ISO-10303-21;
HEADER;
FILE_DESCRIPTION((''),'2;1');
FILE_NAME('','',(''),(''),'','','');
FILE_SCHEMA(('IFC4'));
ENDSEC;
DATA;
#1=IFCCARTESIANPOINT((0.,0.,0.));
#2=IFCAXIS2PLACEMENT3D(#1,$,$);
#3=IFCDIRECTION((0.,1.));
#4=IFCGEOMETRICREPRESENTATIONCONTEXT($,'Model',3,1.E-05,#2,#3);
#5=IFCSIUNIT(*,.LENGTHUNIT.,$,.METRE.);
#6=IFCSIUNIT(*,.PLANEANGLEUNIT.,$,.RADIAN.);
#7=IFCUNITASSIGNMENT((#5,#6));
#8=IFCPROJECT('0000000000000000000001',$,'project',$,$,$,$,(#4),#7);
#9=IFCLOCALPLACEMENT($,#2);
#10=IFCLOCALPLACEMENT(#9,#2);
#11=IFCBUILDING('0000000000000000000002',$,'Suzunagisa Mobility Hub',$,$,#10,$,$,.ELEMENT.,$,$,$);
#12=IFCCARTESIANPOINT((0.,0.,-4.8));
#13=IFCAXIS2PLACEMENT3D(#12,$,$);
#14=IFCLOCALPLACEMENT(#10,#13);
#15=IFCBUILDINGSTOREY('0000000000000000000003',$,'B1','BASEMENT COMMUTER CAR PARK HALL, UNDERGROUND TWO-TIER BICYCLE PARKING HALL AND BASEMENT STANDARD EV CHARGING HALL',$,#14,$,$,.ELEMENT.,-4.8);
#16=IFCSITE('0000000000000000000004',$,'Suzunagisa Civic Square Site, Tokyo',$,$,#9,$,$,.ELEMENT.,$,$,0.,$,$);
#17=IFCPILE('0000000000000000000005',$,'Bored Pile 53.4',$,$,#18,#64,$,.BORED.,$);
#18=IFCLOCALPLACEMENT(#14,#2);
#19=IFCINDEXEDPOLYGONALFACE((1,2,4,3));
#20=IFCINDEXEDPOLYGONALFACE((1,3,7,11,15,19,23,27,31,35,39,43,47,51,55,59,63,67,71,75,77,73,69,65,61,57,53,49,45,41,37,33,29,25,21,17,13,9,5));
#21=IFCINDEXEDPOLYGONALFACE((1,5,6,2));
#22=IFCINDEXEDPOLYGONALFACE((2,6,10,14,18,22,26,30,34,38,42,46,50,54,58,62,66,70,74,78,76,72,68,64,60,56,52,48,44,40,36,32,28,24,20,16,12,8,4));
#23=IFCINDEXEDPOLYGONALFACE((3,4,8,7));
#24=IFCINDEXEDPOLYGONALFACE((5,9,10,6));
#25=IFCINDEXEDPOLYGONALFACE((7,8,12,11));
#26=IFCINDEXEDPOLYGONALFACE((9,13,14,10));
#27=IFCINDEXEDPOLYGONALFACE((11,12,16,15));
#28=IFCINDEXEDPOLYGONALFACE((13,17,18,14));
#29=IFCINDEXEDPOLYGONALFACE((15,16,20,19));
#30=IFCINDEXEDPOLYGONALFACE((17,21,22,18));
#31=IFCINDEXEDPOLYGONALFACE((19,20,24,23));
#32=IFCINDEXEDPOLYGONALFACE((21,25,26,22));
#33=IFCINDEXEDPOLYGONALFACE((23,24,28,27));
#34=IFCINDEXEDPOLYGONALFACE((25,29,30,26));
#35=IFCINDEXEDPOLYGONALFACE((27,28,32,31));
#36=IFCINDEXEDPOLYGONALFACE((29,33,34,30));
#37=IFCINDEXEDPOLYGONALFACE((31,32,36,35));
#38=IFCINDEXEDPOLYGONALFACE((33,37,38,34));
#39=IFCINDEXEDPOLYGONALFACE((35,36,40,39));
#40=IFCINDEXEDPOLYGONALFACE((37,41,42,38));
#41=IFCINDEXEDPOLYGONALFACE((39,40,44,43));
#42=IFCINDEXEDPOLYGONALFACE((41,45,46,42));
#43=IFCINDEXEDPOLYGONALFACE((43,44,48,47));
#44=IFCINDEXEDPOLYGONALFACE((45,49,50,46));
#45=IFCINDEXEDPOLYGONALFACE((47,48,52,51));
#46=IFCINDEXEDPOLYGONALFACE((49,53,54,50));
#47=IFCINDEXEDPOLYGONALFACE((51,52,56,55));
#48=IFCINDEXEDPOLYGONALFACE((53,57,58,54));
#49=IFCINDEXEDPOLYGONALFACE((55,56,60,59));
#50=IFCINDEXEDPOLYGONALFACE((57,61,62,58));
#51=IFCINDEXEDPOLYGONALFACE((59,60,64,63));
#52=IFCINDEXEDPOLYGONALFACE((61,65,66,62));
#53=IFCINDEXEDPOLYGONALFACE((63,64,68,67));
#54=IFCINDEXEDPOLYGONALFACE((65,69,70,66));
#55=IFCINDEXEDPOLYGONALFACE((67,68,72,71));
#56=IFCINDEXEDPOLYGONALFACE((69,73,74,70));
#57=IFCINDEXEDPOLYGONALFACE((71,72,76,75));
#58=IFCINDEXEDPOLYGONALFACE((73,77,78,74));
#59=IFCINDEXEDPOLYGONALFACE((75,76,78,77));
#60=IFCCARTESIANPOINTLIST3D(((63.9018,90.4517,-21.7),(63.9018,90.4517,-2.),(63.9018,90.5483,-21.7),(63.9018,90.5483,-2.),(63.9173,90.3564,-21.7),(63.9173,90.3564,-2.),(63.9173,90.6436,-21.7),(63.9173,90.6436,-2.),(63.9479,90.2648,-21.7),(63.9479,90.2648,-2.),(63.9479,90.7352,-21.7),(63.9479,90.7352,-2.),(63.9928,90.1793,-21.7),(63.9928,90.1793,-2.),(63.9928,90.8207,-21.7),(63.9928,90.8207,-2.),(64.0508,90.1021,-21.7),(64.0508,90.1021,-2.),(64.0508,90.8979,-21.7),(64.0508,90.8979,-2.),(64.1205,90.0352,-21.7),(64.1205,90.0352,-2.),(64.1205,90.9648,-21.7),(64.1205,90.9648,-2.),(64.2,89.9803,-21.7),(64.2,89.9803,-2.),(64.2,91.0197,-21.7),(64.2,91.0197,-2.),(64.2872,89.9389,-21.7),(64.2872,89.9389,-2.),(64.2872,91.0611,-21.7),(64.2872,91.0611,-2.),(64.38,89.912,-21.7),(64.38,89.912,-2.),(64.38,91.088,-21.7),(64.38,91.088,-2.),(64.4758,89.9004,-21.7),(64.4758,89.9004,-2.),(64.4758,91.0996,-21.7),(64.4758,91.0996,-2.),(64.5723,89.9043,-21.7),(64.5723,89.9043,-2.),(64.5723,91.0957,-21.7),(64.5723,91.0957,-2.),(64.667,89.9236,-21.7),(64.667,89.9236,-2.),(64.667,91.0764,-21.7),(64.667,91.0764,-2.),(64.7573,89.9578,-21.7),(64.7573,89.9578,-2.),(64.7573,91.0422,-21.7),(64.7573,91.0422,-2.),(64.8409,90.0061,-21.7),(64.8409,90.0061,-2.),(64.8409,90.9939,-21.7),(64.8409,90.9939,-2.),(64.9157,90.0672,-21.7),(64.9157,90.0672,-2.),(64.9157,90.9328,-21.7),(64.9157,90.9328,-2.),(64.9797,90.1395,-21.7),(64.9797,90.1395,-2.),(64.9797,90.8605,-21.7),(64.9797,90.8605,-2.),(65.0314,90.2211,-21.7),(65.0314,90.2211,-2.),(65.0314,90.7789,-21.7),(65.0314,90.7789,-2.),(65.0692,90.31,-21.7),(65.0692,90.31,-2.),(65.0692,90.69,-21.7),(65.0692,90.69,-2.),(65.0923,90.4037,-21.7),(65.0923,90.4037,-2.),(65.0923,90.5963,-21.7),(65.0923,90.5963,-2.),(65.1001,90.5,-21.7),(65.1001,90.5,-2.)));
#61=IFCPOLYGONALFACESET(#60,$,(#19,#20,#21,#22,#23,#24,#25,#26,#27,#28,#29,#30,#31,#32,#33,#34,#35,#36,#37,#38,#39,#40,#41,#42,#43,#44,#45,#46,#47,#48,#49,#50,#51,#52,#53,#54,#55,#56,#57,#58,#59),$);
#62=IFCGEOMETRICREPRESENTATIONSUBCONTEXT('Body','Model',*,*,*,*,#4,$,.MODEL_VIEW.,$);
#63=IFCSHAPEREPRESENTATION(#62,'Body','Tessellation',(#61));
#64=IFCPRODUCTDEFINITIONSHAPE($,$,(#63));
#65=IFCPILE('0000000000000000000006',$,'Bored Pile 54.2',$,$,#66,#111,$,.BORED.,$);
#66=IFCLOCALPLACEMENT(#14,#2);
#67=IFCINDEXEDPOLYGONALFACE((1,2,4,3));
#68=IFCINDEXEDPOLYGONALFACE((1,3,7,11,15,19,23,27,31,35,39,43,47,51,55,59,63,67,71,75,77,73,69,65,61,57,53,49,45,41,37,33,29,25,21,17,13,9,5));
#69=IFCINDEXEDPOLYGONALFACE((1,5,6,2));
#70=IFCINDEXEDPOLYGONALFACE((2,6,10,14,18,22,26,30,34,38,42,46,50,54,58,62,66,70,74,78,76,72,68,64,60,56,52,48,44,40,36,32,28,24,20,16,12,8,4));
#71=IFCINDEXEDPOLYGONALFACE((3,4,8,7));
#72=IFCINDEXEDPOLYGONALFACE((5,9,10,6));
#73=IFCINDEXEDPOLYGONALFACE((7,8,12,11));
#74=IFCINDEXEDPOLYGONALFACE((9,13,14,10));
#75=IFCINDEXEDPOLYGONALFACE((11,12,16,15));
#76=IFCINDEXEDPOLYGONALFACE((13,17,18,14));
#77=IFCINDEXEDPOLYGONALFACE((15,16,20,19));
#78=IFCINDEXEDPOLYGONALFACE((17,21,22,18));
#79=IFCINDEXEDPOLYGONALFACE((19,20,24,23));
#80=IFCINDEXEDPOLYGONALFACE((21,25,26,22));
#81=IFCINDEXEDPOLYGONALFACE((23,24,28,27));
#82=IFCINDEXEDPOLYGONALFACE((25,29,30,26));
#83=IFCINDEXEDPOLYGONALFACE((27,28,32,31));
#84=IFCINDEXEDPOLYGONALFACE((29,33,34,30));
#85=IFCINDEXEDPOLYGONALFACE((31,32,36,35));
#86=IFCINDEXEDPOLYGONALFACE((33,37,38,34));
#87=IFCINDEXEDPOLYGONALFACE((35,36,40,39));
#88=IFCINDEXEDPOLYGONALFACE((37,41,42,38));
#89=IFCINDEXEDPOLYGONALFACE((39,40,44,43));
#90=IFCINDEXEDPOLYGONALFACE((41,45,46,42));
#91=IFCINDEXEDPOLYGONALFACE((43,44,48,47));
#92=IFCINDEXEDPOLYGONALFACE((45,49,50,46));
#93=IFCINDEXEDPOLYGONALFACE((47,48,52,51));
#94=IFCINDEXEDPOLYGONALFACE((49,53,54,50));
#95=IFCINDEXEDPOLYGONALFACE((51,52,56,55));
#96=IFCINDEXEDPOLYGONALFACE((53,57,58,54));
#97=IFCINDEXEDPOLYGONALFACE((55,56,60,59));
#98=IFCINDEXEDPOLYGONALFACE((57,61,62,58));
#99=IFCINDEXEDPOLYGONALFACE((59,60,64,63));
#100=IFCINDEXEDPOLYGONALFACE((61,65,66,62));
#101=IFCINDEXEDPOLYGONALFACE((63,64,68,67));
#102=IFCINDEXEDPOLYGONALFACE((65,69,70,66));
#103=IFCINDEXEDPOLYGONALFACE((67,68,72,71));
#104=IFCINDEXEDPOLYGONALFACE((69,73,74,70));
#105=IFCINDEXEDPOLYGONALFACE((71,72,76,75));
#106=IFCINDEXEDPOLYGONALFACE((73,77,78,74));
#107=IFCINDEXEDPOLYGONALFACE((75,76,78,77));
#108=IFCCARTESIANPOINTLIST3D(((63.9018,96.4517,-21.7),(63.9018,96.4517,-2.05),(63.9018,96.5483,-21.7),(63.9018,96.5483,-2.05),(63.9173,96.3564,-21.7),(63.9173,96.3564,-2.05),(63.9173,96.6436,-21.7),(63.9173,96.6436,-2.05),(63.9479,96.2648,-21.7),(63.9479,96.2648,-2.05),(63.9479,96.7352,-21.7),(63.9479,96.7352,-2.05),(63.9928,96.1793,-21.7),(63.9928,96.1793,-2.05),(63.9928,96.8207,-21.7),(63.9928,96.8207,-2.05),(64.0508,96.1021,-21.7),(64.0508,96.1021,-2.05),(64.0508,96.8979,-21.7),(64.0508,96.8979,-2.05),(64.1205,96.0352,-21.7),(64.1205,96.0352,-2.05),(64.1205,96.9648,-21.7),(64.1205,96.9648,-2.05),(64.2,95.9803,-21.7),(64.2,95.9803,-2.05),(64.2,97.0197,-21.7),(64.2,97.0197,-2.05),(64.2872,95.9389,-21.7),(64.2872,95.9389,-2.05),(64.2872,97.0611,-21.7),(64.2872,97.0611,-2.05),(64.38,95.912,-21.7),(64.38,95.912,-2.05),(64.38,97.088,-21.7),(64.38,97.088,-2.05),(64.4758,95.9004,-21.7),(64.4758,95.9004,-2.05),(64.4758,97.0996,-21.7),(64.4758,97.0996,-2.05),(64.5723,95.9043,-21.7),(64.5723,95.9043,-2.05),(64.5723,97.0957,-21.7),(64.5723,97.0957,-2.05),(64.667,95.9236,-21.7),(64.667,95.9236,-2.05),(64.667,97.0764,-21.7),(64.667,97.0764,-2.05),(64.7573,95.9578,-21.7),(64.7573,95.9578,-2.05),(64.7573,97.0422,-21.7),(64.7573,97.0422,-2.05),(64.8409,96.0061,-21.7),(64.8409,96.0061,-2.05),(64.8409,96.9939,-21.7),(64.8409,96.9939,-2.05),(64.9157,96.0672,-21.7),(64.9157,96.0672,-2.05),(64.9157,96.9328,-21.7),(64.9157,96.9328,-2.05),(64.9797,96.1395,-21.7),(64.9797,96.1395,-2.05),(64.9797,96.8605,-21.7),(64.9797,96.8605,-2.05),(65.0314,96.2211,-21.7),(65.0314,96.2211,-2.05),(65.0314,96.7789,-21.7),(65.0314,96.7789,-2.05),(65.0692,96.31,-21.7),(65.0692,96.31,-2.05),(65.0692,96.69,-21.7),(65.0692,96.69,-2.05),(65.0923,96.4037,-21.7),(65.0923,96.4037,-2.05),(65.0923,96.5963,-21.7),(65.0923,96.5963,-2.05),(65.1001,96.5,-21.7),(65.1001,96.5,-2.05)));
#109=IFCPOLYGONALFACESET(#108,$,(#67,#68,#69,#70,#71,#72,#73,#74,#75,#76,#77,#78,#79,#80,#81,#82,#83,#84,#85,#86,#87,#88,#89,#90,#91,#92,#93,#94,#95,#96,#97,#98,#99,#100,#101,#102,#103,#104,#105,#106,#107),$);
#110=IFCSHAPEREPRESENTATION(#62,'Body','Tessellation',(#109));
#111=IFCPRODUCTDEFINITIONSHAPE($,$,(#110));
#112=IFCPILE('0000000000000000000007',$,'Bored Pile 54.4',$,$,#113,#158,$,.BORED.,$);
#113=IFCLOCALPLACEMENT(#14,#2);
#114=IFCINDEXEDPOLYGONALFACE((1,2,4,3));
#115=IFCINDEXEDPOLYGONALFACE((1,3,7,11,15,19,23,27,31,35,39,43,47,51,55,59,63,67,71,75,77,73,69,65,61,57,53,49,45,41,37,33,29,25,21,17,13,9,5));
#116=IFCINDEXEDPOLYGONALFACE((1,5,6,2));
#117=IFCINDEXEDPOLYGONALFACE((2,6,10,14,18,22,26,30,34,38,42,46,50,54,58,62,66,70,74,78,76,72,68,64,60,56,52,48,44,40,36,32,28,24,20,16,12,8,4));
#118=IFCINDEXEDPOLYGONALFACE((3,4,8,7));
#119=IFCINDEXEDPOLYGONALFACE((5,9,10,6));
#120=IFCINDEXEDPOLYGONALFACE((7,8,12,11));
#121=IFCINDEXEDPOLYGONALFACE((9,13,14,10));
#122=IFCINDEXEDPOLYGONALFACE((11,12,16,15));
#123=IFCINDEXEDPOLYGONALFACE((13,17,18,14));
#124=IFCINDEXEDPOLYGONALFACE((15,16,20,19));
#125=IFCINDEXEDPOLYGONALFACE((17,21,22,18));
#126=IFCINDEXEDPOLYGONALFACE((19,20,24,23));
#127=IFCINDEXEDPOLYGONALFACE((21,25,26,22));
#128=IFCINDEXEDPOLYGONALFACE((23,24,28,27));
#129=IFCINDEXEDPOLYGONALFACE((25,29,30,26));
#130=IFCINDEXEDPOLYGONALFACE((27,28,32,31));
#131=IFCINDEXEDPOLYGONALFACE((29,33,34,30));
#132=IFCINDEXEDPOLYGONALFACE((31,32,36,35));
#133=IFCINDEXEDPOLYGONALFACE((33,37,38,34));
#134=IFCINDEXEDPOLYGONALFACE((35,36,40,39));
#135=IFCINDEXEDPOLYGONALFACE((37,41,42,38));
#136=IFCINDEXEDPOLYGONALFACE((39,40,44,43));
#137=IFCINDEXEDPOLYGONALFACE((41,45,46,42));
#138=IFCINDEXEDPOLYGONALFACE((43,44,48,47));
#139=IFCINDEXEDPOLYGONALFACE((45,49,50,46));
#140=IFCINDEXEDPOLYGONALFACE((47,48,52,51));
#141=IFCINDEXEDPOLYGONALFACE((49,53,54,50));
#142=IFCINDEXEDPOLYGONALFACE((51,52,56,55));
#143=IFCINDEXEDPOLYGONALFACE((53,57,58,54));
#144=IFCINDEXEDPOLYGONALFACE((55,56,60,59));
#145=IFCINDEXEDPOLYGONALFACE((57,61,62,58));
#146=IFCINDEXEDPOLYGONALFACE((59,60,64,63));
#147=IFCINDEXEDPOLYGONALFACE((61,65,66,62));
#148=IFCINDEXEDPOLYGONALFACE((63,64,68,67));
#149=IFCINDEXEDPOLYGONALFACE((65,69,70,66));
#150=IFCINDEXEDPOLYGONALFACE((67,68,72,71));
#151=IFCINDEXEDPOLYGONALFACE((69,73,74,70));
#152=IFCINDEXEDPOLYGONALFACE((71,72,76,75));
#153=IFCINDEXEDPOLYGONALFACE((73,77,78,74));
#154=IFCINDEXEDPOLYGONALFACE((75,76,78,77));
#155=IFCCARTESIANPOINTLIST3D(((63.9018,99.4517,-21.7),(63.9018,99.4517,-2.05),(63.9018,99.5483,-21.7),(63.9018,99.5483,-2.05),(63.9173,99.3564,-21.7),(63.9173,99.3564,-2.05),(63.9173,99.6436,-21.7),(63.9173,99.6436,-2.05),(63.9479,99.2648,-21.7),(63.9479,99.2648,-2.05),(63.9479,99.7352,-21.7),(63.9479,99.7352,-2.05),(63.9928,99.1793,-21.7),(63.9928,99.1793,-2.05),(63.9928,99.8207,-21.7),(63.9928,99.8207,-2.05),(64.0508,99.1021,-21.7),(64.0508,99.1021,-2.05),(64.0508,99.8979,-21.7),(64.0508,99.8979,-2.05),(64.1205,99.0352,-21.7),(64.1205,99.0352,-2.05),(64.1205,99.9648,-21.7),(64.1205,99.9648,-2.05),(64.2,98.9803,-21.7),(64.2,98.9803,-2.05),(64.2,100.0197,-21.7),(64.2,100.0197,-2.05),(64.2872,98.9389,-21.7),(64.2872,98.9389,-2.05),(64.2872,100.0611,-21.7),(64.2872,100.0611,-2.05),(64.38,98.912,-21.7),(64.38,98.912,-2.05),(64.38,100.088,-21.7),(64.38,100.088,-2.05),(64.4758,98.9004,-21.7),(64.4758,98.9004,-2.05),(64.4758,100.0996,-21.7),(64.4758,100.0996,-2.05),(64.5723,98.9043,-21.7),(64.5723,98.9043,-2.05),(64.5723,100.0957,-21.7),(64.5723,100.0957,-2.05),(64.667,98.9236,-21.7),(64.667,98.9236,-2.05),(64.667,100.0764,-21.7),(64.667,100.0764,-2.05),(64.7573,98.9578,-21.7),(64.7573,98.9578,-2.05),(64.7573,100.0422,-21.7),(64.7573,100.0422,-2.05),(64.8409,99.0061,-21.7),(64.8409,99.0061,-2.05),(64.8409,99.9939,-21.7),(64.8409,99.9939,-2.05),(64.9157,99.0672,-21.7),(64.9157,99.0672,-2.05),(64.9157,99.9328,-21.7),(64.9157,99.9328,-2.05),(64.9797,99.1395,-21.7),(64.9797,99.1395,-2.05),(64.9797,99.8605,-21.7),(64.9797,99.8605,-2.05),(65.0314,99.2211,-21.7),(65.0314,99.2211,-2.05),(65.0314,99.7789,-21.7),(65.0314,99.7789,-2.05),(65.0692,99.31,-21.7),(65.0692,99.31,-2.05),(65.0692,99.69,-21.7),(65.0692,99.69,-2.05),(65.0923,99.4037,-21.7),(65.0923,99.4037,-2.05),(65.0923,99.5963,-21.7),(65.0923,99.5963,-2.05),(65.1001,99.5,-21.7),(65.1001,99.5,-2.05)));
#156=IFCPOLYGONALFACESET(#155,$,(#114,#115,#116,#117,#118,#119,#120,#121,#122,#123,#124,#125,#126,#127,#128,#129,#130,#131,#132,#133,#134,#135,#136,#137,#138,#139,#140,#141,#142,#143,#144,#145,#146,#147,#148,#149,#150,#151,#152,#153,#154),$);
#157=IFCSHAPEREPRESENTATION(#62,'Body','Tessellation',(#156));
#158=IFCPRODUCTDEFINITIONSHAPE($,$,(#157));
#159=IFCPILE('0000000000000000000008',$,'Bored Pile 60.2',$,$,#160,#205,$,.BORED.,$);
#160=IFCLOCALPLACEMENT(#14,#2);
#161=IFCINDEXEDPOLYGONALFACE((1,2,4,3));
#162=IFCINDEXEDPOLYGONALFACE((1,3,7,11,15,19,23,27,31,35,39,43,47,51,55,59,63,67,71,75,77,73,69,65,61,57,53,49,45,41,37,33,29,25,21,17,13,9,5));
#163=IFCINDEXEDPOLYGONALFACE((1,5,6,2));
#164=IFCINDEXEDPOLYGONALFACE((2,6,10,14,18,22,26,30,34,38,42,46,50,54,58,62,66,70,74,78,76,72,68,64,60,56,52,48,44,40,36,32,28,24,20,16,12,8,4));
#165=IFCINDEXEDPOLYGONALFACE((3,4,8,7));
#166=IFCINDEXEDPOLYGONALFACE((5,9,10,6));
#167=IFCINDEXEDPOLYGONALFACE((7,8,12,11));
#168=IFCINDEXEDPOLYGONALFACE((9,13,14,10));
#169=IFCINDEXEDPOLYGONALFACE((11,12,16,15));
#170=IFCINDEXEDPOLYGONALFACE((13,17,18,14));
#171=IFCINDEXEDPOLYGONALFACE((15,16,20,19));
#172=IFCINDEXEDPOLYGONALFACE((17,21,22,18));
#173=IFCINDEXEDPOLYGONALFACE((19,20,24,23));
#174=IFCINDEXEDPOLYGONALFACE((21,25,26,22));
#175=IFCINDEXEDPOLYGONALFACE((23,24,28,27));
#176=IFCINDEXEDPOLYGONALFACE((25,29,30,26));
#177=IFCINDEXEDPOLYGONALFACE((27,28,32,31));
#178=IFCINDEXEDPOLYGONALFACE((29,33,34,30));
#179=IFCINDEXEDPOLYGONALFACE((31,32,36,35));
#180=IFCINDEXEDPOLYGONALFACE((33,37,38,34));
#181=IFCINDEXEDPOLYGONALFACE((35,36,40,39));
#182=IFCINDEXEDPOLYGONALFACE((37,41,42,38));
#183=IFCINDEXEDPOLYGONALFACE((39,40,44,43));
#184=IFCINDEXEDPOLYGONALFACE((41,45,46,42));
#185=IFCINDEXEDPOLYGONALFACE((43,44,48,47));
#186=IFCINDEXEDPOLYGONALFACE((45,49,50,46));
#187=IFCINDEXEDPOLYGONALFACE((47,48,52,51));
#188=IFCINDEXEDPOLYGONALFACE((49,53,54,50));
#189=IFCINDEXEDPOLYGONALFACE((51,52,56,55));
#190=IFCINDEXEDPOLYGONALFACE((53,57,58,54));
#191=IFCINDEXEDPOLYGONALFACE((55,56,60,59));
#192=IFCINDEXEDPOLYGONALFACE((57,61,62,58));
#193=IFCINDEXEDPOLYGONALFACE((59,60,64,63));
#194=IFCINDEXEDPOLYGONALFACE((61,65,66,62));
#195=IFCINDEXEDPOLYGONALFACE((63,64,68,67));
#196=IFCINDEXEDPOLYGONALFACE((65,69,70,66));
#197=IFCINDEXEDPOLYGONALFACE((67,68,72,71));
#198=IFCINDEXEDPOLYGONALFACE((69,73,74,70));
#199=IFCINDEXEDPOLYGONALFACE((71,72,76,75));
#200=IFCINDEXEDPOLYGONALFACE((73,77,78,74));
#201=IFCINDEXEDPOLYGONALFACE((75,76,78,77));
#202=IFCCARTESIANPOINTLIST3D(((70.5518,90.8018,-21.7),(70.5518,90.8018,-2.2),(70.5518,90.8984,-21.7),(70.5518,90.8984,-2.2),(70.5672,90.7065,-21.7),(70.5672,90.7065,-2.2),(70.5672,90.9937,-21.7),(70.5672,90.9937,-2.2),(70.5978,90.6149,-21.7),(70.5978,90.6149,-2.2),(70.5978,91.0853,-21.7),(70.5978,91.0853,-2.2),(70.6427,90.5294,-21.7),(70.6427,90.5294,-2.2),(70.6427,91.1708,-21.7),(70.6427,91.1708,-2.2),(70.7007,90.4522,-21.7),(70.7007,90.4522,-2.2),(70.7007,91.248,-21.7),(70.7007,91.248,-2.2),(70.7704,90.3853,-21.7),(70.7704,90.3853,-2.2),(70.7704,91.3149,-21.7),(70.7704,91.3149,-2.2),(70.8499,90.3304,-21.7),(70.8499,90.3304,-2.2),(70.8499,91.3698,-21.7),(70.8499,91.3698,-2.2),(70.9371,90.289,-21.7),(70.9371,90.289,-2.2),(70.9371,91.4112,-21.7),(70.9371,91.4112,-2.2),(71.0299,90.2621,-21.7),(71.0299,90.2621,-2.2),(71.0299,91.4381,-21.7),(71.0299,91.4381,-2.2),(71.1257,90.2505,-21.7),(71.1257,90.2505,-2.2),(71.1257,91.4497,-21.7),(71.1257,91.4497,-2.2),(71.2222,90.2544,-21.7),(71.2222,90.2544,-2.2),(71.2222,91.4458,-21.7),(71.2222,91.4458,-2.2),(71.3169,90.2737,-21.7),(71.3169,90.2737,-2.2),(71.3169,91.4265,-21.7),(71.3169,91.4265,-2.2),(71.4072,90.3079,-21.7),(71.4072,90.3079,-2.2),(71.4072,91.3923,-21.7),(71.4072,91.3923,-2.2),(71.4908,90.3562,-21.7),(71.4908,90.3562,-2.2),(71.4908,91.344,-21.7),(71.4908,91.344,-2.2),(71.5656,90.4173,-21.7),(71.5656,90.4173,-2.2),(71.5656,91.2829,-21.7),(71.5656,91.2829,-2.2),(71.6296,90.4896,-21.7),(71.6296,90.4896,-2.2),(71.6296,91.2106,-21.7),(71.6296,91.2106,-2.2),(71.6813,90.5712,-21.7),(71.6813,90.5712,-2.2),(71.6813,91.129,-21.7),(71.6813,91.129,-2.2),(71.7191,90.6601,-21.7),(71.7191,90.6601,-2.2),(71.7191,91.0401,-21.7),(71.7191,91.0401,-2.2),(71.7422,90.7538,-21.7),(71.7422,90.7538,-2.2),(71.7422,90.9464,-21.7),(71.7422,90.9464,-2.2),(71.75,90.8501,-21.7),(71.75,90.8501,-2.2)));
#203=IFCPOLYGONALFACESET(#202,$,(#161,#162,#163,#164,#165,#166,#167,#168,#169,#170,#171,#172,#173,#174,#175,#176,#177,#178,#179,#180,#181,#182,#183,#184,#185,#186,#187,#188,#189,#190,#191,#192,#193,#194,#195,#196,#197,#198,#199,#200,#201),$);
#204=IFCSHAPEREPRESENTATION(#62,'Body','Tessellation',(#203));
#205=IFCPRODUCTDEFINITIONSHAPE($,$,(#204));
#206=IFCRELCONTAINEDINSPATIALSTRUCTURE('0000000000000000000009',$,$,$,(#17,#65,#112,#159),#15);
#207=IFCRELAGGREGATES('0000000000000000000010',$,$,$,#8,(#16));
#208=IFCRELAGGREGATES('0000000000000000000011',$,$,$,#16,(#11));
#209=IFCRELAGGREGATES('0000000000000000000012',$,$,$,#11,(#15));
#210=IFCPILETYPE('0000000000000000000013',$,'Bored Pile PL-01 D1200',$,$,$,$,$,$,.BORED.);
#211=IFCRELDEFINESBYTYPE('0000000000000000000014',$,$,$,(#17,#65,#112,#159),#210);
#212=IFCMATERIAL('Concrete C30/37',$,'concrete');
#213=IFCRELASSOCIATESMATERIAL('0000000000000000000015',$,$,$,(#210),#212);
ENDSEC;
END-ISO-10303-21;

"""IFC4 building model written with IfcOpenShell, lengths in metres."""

from ifc_helpers import new_model, si_unit, direction, frame, origin, origin_2d, place, context, subcontext, project, spatial, circle, extrude, material, material_profile, profile_set, type_object, element, save


model = new_model("IFC4")

# Units and contexts
model_context = context("Model", 3, precision=1e-05, world=origin(), true_north=direction((0.0, 1.0)))
body_context = subcontext(model_context, "Body", "Model", "MODEL_VIEW")
ifc_project = project(units=[si_unit("LENGTHUNIT", "METRE"), si_unit("PLANEANGLEUNIT", "RADIAN")], contexts=[model_context])

# Site, building, storey
site_placement = place(None, origin())
site = spatial("IfcSite", under=ifc_project, at=site_placement, Name="Suzunagisa Civic Square Site, Tokyo", CompositionType="ELEMENT", RefElevation=0.0)
building_placement = place(site_placement, origin())
building = spatial("IfcBuilding", under=site, at=building_placement, Name="Suzunagisa Mobility Hub", CompositionType="ELEMENT")
storey_placement = place(building_placement, frame((0.0, 0.0, -4.8)))
storey = spatial("IfcBuildingStorey", under=building, at=storey_placement, Name="B1", Description="BASEMENT COMMUTER CAR PARK HALL, UNDERGROUND TWO-TIER BICYCLE PARKING HALL AND BASEMENT STANDARD EV CHARGING HALL", CompositionType="ELEMENT", Elevation=-4.8)

# Piles
ifc_material_1 = material(Name="Concrete C30/37", Category="concrete")
ifc_material_profile_1 = material_profile(ifc_material_1, circle(Radius=0.6001, at=origin_2d()), Name="BORED PILE D1200")
ifc_profile_set_1 = profile_set([ifc_material_profile_1], Name="Concrete C30/37")
pile_type = type_object("IfcPileType", Name="Bored Pile PL-01 D1200", PredefinedType="BORED", material=ifc_profile_set_1)
pile_1_placement = place(storey_placement, frame((64.5, 90.5, -2.0), z_axis=(0.0, 0.0, -1.0), x_axis=(1.0, 0.0, 0.0)))
element("IfcPile", 1, at=pile_1_placement, inside=storey, type_object=pile_type, Name="Bored Pile 53.4", PredefinedType="BORED", context=body_context, shape_type="SweptSolid", body=[
    extrude(circle(Radius=0.6001, at=origin_2d()), origin(), (0.0, 0.0, 1.0), 19.7),
])
for number, where, z_axis, x_axis, name in (
    (2, (64.5, 96.5, -2.05), (0.0, 0.0, -1.0), (1.0, 0.0, 0.0), "Bored Pile 54.2"),
    (3, (64.5, 99.5, -2.05), (0.0, 0.0, -1.0), (1.0, 0.0, 0.0), "Bored Pile 54.4"),
):
    element("IfcPile", number, at=place(storey_placement, frame(where, z_axis=z_axis, x_axis=x_axis)), inside=storey, type_object=pile_type, Name=name, PredefinedType="BORED", context=body_context, shape_type="SweptSolid", body=[
        extrude(circle(Radius=0.6001, at=origin_2d()), origin(), (0.0, 0.0, 1.0), 19.6499),
    ])
pile_2_placement = place(storey_placement, frame((71.1499, 90.8501, -2.2), z_axis=(0.0, 0.0, -1.0), x_axis=(1.0, 0.0, 0.0)))
element("IfcPile", 4, at=pile_2_placement, inside=storey, type_object=pile_type, Name="Bored Pile 60.2", PredefinedType="BORED", context=body_context, shape_type="SweptSolid", body=[
    extrude(circle(Radius=0.6001, at=origin_2d()), origin(), (0.0, 0.0, 1.0), 19.5),
])

save(model, "model.ifc")
